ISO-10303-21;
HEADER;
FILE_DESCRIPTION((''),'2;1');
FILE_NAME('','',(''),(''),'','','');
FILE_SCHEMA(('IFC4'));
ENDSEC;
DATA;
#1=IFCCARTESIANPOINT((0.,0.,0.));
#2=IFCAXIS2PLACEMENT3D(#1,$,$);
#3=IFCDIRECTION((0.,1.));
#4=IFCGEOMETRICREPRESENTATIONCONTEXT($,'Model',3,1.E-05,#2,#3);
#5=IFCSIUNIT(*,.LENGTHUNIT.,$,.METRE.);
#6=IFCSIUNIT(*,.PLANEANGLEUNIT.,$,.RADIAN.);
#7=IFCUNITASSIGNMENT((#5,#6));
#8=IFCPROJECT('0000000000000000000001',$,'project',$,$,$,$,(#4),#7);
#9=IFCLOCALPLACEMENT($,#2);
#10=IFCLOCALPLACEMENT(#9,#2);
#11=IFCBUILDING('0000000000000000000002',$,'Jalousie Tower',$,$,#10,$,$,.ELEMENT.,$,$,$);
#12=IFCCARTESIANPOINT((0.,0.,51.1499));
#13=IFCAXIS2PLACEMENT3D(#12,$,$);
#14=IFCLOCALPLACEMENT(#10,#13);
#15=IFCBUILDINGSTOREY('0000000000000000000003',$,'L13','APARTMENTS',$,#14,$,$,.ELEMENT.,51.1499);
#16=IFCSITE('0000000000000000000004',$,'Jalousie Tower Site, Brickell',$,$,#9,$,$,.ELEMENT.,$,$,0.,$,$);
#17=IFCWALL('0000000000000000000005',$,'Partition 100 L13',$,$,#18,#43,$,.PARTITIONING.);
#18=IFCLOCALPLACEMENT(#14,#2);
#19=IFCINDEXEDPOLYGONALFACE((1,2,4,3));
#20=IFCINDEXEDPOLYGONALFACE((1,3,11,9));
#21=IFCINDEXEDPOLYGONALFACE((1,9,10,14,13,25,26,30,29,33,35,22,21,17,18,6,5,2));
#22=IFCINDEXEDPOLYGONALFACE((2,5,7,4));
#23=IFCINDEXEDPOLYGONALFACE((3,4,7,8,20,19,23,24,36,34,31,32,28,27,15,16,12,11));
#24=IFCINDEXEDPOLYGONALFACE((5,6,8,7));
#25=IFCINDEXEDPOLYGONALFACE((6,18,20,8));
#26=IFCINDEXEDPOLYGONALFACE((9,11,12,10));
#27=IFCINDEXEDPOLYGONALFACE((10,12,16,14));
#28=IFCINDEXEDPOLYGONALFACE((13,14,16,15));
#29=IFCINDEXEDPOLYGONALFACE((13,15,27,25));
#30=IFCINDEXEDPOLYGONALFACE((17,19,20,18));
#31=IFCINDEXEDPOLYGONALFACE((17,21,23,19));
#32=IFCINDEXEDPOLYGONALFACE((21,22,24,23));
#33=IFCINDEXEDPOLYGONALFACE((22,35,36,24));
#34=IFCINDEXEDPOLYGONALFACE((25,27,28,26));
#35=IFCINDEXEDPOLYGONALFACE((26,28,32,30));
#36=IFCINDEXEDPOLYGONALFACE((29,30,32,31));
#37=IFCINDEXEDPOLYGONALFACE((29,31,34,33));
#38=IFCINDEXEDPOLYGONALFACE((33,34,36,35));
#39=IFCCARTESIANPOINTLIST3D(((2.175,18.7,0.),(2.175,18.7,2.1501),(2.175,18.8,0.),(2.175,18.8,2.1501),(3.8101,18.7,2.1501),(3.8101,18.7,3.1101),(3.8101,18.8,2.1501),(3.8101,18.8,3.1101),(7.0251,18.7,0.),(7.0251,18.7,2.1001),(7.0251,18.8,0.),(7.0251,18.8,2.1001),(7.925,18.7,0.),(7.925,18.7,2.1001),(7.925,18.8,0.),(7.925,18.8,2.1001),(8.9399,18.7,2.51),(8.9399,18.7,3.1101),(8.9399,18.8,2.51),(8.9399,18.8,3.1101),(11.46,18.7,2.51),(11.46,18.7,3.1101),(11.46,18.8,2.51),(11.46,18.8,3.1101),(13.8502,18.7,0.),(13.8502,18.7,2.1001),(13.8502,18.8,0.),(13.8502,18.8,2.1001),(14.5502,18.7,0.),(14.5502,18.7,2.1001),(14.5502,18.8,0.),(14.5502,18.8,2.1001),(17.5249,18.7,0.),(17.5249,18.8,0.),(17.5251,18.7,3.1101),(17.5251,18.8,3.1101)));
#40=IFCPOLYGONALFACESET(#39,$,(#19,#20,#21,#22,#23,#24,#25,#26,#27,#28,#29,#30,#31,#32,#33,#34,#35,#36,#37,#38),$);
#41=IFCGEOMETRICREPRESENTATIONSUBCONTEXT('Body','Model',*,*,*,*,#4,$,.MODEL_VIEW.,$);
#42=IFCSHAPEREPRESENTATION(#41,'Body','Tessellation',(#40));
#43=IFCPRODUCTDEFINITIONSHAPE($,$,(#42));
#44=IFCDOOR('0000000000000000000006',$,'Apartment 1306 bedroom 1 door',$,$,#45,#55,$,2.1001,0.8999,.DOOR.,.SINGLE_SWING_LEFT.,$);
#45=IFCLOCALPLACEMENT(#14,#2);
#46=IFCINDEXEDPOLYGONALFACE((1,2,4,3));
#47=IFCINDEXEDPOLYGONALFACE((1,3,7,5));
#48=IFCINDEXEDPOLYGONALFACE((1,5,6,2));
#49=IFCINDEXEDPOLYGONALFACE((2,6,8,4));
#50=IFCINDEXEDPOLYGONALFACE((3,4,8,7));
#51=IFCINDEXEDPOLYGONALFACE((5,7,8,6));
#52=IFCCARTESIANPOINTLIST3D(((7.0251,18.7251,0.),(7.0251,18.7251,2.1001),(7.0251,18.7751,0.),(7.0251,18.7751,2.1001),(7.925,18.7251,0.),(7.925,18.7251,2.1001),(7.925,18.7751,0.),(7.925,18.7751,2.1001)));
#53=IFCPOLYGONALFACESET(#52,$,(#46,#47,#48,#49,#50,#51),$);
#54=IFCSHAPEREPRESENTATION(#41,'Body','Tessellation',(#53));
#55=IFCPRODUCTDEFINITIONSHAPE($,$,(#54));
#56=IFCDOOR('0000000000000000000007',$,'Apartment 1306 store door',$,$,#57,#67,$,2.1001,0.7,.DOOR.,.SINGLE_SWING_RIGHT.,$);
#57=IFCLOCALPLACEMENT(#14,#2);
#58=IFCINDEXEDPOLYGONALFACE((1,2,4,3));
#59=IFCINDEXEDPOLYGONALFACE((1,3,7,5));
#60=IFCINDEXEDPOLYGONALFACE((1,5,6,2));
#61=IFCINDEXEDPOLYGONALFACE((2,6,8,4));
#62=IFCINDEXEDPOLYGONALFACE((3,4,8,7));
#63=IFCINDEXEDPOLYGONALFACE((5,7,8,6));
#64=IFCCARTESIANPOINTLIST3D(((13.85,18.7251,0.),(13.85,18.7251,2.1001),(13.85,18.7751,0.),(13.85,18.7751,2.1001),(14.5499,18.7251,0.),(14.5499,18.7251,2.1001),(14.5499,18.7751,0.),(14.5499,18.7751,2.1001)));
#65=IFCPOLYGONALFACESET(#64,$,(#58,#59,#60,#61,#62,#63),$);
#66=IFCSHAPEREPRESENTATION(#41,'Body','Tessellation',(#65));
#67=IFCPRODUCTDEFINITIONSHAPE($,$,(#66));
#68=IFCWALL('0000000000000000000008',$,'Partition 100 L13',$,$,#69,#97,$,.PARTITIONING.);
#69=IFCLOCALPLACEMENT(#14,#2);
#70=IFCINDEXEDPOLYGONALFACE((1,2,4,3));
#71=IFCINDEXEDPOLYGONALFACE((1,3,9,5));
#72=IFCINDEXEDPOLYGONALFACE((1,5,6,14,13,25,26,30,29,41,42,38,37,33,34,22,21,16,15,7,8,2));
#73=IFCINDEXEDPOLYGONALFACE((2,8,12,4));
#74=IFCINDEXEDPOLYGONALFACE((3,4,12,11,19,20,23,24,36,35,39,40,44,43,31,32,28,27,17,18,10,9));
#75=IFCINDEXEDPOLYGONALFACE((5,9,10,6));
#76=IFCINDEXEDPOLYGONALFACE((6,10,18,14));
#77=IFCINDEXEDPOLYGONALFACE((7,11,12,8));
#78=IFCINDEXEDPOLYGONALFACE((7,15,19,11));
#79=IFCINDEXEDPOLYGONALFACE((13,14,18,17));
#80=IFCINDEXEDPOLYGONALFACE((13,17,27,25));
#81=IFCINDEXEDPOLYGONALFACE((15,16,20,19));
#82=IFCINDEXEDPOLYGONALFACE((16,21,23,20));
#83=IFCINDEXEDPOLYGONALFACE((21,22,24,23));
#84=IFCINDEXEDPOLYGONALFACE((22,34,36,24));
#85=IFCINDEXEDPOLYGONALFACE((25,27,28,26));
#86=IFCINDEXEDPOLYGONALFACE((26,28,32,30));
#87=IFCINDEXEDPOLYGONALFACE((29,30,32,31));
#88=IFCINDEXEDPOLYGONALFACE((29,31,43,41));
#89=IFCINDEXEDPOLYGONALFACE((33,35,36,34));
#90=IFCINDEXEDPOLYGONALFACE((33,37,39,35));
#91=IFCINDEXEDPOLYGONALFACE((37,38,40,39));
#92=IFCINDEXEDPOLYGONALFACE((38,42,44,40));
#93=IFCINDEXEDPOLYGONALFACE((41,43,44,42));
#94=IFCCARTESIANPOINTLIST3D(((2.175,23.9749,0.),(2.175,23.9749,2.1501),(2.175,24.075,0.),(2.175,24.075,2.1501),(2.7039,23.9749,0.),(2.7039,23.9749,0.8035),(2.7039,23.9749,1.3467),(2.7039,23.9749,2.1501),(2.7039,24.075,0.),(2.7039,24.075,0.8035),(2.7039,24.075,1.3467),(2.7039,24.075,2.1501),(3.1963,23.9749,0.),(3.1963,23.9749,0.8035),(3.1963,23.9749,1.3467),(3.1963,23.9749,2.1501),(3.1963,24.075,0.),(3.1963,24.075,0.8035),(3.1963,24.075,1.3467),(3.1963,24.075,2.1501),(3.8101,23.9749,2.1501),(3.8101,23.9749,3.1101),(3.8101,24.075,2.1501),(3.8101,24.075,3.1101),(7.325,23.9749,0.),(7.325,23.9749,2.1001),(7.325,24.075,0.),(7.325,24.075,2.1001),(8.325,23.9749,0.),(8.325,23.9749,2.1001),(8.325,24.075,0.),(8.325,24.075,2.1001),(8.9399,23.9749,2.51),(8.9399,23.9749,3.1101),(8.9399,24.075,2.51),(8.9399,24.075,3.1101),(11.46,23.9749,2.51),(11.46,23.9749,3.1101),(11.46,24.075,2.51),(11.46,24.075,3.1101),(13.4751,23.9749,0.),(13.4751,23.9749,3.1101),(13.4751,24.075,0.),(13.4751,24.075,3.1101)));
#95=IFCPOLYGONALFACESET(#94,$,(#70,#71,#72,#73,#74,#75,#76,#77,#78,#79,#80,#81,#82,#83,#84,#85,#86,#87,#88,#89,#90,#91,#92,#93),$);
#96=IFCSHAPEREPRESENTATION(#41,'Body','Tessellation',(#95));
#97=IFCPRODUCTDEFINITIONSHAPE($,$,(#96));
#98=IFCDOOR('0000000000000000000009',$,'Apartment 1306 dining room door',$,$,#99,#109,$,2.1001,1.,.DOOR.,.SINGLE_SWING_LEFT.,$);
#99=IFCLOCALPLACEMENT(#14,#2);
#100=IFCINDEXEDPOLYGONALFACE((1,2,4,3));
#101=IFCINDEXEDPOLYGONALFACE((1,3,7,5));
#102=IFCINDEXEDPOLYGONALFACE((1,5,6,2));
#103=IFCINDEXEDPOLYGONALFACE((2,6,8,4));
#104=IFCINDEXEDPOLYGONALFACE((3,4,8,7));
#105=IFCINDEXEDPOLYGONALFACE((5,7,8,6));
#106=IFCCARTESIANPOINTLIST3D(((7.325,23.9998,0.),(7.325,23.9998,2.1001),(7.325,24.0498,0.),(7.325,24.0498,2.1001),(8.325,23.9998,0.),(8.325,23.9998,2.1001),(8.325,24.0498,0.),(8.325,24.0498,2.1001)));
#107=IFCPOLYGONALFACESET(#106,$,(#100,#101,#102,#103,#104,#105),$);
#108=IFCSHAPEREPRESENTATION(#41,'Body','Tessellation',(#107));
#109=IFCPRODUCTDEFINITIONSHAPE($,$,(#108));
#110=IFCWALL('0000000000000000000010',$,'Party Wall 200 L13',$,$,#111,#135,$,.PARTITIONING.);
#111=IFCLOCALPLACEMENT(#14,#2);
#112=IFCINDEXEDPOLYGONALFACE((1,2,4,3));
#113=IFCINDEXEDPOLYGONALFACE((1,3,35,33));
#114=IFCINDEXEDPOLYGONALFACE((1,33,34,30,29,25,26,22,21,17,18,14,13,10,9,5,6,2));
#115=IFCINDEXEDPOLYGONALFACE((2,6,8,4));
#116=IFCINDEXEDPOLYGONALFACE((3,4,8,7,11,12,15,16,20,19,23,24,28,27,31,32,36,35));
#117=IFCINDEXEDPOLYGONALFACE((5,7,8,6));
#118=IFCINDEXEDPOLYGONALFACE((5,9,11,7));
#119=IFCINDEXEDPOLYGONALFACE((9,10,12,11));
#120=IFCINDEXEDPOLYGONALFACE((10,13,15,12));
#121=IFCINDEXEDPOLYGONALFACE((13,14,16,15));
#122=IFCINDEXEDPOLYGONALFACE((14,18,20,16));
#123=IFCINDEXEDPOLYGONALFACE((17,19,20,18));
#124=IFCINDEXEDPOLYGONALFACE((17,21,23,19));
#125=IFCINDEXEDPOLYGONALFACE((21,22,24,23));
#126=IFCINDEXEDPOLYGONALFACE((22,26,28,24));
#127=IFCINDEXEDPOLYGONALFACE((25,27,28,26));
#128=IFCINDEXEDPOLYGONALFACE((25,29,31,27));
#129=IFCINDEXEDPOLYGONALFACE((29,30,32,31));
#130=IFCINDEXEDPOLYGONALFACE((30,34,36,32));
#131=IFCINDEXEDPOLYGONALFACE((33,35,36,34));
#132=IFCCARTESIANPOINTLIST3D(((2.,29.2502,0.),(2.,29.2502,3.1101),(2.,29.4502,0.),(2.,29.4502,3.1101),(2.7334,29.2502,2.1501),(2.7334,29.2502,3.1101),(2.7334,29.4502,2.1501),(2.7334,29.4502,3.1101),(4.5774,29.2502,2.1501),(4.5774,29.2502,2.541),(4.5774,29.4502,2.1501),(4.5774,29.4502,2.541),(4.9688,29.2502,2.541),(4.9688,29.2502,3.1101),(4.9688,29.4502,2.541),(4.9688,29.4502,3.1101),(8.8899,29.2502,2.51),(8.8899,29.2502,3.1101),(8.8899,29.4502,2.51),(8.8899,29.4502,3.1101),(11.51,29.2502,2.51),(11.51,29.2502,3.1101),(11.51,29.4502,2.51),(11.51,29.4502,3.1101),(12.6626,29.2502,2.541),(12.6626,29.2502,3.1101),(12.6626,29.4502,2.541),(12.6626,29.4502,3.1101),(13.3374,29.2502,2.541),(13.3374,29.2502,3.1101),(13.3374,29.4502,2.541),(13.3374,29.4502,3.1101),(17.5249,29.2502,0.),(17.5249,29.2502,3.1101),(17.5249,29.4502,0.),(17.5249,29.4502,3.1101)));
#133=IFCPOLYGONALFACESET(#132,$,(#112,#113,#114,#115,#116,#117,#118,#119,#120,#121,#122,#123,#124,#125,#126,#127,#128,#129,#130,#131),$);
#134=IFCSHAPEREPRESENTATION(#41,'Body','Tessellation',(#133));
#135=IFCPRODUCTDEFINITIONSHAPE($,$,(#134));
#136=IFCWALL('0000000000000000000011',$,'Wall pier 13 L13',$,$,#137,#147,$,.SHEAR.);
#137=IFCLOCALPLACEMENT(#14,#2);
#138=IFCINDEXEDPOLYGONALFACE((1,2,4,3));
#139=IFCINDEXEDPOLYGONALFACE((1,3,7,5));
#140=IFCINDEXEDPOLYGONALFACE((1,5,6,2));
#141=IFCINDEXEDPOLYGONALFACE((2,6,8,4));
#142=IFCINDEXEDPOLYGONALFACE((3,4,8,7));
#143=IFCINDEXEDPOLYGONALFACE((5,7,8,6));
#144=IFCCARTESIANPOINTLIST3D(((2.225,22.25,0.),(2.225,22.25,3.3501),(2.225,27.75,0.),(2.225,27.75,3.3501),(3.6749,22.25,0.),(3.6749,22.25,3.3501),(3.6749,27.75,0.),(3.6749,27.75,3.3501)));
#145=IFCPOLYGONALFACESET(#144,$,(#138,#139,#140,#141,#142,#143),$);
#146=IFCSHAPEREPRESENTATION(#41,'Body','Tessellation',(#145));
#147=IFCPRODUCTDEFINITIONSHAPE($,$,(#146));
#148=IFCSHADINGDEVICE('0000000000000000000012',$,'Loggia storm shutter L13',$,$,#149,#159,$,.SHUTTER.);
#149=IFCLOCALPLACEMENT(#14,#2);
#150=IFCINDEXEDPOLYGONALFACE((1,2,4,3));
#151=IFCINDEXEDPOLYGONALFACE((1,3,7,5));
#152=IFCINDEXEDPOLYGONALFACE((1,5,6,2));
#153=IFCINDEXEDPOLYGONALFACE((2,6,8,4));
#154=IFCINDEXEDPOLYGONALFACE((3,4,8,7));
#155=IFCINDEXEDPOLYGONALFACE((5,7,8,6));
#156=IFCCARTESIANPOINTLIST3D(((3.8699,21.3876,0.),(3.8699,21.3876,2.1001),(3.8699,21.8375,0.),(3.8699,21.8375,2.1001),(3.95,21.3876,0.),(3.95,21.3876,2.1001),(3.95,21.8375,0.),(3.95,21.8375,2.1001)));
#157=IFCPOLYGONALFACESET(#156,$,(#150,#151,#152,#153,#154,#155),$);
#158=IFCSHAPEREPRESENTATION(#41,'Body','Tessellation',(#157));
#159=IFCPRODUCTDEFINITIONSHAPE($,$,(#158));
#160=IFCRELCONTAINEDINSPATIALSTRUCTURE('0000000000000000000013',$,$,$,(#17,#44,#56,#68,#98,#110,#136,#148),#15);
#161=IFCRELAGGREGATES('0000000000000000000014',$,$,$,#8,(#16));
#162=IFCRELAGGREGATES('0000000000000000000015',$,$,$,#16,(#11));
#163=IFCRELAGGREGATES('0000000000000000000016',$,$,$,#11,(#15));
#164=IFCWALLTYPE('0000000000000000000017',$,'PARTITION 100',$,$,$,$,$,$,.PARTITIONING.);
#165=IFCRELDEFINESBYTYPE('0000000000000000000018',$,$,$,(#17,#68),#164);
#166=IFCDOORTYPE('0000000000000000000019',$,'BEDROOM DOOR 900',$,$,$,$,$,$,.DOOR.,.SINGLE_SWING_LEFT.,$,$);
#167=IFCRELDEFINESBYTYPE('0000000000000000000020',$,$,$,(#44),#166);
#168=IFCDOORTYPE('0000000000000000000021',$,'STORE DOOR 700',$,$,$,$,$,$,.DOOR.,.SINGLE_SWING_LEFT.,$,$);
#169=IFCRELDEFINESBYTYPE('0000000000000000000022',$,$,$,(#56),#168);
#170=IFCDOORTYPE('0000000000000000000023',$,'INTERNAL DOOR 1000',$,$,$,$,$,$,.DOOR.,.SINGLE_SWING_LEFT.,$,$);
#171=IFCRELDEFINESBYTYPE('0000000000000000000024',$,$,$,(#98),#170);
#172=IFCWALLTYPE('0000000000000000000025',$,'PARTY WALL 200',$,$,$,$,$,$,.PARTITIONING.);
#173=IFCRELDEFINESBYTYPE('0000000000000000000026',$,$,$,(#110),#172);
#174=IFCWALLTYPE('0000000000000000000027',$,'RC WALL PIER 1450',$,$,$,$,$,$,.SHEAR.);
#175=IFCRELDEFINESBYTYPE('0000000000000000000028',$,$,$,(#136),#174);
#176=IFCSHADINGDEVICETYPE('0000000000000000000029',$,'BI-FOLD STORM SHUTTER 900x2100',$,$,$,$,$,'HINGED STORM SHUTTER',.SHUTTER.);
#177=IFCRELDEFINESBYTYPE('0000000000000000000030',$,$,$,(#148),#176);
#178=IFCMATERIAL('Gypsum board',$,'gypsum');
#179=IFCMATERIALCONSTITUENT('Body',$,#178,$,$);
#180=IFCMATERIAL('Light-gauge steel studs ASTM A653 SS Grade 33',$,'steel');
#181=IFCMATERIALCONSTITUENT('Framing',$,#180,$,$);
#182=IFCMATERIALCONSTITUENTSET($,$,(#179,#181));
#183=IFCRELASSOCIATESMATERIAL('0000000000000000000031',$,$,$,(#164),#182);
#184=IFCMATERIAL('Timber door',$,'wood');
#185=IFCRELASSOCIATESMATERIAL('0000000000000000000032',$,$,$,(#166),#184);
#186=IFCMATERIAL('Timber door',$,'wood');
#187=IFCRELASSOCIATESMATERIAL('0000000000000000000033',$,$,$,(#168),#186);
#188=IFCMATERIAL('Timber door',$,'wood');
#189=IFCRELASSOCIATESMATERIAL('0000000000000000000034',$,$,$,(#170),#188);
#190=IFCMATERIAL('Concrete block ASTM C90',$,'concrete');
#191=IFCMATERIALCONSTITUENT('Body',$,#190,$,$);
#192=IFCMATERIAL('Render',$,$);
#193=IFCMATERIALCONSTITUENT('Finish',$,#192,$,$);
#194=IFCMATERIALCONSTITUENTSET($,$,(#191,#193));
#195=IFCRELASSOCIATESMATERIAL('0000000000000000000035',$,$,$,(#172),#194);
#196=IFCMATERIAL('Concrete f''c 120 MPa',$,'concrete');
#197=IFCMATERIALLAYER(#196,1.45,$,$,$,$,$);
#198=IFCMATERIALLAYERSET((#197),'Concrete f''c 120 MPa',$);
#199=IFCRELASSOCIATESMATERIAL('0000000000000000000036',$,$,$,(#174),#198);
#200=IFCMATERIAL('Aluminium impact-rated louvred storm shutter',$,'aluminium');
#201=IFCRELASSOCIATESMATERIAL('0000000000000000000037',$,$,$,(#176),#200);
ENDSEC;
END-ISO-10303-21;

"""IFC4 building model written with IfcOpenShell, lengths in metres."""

from ifc_helpers import new_model, si_unit, direction, frame, frame_2d, origin, origin_2d, place, context, subcontext, project, spatial, polyline, rectangle, outline, extrude, material, layer, layer_set, constituent, constituent_set, type_object, element, fill, save


model = new_model("IFC4")

# Units and contexts
model_context = context("Model", 3, precision=1e-05, world=origin(), true_north=direction((0.0, 1.0)))
body_context = subcontext(model_context, "Body", "Model", "MODEL_VIEW")
ifc_project = project(units=[si_unit("LENGTHUNIT", "METRE"), si_unit("PLANEANGLEUNIT", "RADIAN")], contexts=[model_context])

# Site, building, storey
site_placement = place(None, origin())
site = spatial("IfcSite", under=ifc_project, at=site_placement, Name="Jalousie Tower Site, Brickell", CompositionType="ELEMENT", RefElevation=0.0)
building_placement = place(site_placement, origin())
building = spatial("IfcBuilding", under=site, at=building_placement, Name="Jalousie Tower", CompositionType="ELEMENT")
storey_placement = place(building_placement, frame((0.0, 0.0, 51.1499)))
storey = spatial("IfcBuildingStorey", under=building, at=storey_placement, Name="L13", Description="APARTMENTS", CompositionType="ELEMENT", Elevation=51.1499)

# Wall, openings, doors
ifc_material_1 = material(Name="Gypsum board", Category="gypsum")
ifc_constituent_1 = constituent(ifc_material_1, Name="Body")
ifc_material_2 = material(Name="Light-gauge steel studs ASTM A653 SS Grade 33", Category="steel")
ifc_constituent_2 = constituent(ifc_material_2, Name="Framing")
ifc_constituent_set_1 = constituent_set(constituents=[ifc_constituent_1, ifc_constituent_2])
wall_type_1 = type_object("IfcWallType", Name="PARTITION 100", PredefinedType="PARTITIONING", material=ifc_constituent_set_1)
wall_1_placement = place(storey_placement, frame((2.175, 18.75, 0.0), z_axis=(0.0, 0.0, 1.0), x_axis=(1.0, 0.0, 0.0)))
wall_1 = element("IfcWall", 1, at=wall_1_placement, inside=storey, type_object=wall_type_1, Name="Partition 100 L13", PredefinedType="PARTITIONING", context=body_context, shape_type="SweptSolid", body=[
    extrude(outline(polyline([(0.0, 0.0), (15.3499, 0.0), (15.3501, 3.1101), (9.2849, 3.1101), (9.2849, 2.51), (6.7649, 2.51), (6.7649, 3.1101), (1.635, 3.1101), (1.635, 2.1501), (0.0, 2.1501), (0.0, 3.1101), (0.0, 0.0)])), frame((0.0, 0.05, 0.0), z_axis=(0.0, -1.0, 0.0), x_axis=(1.0, 0.0, 0.0)), (0.0, 0.0, 1.0), 0.1001),
])
opening_1_placement = place(wall_1_placement, frame((4.8501, 0.0, 0.0)))
opening_1 = element("IfcOpeningElement", 2, at=opening_1_placement, cuts=wall_1, PredefinedType="OPENING", context=body_context, shape_type="SweptSolid", body=[
    extrude(rectangle(XDim=0.8999, YDim=2.1001, at=frame_2d((0.45, 1.05))), frame((0.0, 0.0601, 0.0), z_axis=(0.0, -1.0, 0.0), x_axis=(1.0, 0.0, 0.0)), (0.0, 0.0, 1.0), 0.1201),
])
opening_2_placement = place(wall_1_placement, frame((11.675, 0.0, 0.0)))
opening_2 = element("IfcOpeningElement", 3, at=opening_2_placement, cuts=wall_1, PredefinedType="OPENING", context=body_context, shape_type="SweptSolid", body=[
    extrude(rectangle(XDim=0.7, YDim=2.1001, at=frame_2d((0.3501, 1.05))), frame((0.0, 0.0601, 0.0), z_axis=(0.0, -1.0, 0.0), x_axis=(1.0, 0.0, 0.0)), (0.0, 0.0, 1.0), 0.1201),
])
ifc_material_3 = material(Name="Timber door", Category="wood")
door_type_1 = type_object("IfcDoorType", Name="BEDROOM DOOR 900", OperationType="SINGLE_SWING_LEFT", PredefinedType="DOOR", material=ifc_material_3)
door_1_placement = place(opening_1_placement, frame((0.8999, 0.0, 0.0), z_axis=(0.0, 0.0, 1.0), x_axis=(-1.0, 0.0, 0.0)))
door_1 = element("IfcDoor", 4, at=door_1_placement, inside=storey, type_object=door_type_1, Name="Apartment 1306 bedroom 1 door", OperationType="SINGLE_SWING_LEFT", OverallHeight=2.1001, OverallWidth=0.8999, PredefinedType="DOOR", context=body_context, shape_type="SweptSolid", body=[
    extrude(rectangle(XDim=0.8999, YDim=2.1001, at=frame_2d((0.45, 1.05))), frame((0.0, 0.0249, 0.0), z_axis=(0.0, -1.0, 0.0), x_axis=(1.0, 0.0, 0.0)), (0.0, 0.0, 1.0), 0.05),
])
fill(opening_1, door_1)
ifc_material_4 = material(Name="Timber door", Category="wood")
door_type_2 = type_object("IfcDoorType", Name="STORE DOOR 700", OperationType="SINGLE_SWING_LEFT", PredefinedType="DOOR", material=ifc_material_4)
door_2_placement = place(opening_2_placement, frame((0.7, 0.0, 0.0), z_axis=(0.0, 0.0, 1.0), x_axis=(-1.0, 0.0, 0.0)))
door_2 = element("IfcDoor", 5, at=door_2_placement, inside=storey, type_object=door_type_2, Name="Apartment 1306 store door", OperationType="SINGLE_SWING_RIGHT", OverallHeight=2.1001, OverallWidth=0.7, PredefinedType="DOOR", context=body_context, shape_type="SweptSolid", body=[
    extrude(rectangle(XDim=0.7, YDim=2.1001, at=frame_2d((0.3501, 1.05))), frame((0.0, 0.0249, 0.0), z_axis=(0.0, -1.0, 0.0), x_axis=(1.0, 0.0, 0.0)), (0.0, 0.0, 1.0), 0.05),
])
fill(opening_2, door_2)

# Wall, opening, door
wall_2_placement = place(storey_placement, frame((2.175, 24.0249, 0.0), z_axis=(0.0, 0.0, 1.0), x_axis=(1.0, 0.0, 0.0)))
wall_2 = element("IfcWall", 6, at=wall_2_placement, inside=storey, type_object=wall_type_1, Name="Partition 100 L13", PredefinedType="PARTITIONING", context=body_context, shape_type="SweptSolid", body=[
    extrude(outline(polyline([(0.5288, 2.1501), (0.0, 2.1501), (0.0, 0.0), (0.5288, 0.0), (0.5288, 0.8035), (1.0212, 0.8035), (1.0212, 0.0), (11.3, 0.0), (11.3, 3.1101), (9.2849, 3.1101), (9.2849, 2.51), (6.7649, 2.51), (6.7649, 3.1101), (1.635, 3.1101), (1.635, 2.1501), (1.0212, 2.1501), (1.0212, 1.3467), (0.5288, 1.3467), (0.5288, 2.1501)])), frame((0.0, 0.05, 0.0), z_axis=(0.0, -1.0, 0.0), x_axis=(1.0, 0.0, 0.0)), (0.0, 0.0, 1.0), 0.1001),
])
opening_3_placement = place(wall_2_placement, frame((5.1499, 0.0, 0.0)))
opening_3 = element("IfcOpeningElement", 7, at=opening_3_placement, cuts=wall_2, PredefinedType="OPENING", context=body_context, shape_type="SweptSolid", body=[
    extrude(rectangle(XDim=1.0, YDim=2.1001, at=frame_2d((0.5, 1.05))), frame((0.0, 0.0601, 0.0), z_axis=(0.0, -1.0, 0.0), x_axis=(1.0, 0.0, 0.0)), (0.0, 0.0, 1.0), 0.1201),
])
ifc_material_5 = material(Name="Timber door", Category="wood")
door_type_3 = type_object("IfcDoorType", Name="INTERNAL DOOR 1000", OperationType="SINGLE_SWING_LEFT", PredefinedType="DOOR", material=ifc_material_5)
door_3_placement = place(opening_3_placement, origin())
door_3 = element("IfcDoor", 8, at=door_3_placement, inside=storey, type_object=door_type_3, Name="Apartment 1306 dining room door", OperationType="SINGLE_SWING_LEFT", OverallHeight=2.1001, OverallWidth=1.0, PredefinedType="DOOR", context=body_context, shape_type="SweptSolid", body=[
    extrude(rectangle(XDim=1.0, YDim=2.1001, at=frame_2d((0.5, 1.05))), frame((0.0, 0.0249, 0.0), z_axis=(0.0, -1.0, 0.0), x_axis=(1.0, 0.0, 0.0)), (0.0, 0.0, 1.0), 0.05),
])
fill(opening_3, door_3)

# Walls
ifc_material_6 = material(Name="Concrete block ASTM C90", Category="concrete")
ifc_constituent_3 = constituent(ifc_material_6, Name="Body")
ifc_material_7 = material(Name="Render")
ifc_constituent_4 = constituent(ifc_material_7, Name="Finish")
ifc_constituent_set_2 = constituent_set(constituents=[ifc_constituent_3, ifc_constituent_4])
wall_type_2 = type_object("IfcWallType", Name="PARTY WALL 200", PredefinedType="PARTITIONING", material=ifc_constituent_set_2)
wall_3_placement = place(storey_placement, frame((2.0, 29.3501, 0.0), z_axis=(0.0, 0.0, 1.0), x_axis=(1.0, 0.0, 0.0)))
element("IfcWall", 9, at=wall_3_placement, inside=storey, type_object=wall_type_2, Name="Party Wall 200 L13", PredefinedType="PARTITIONING", context=body_context, shape_type="SweptSolid", body=[
    extrude(outline(polyline([(0.0, 0.0), (15.5249, 0.0), (15.5249, 3.1101), (11.3374, 3.1101), (11.3374, 2.541), (10.6626, 2.541), (10.6626, 3.1101), (9.51, 3.1101), (9.51, 2.51), (6.8899, 2.51), (6.8899, 3.1101), (2.9688, 3.1101), (2.9688, 2.541), (2.5774, 2.541), (2.5774, 2.1501), (0.7334, 2.1501), (0.7334, 3.1101), (0.0, 3.1101), (0.0, 0.0)])), frame((0.0, 0.1001, 0.0), z_axis=(0.0, -1.0, 0.0), x_axis=(1.0, 0.0, 0.0)), (0.0, 0.0, 1.0), 0.2),
])
ifc_material_8 = material(Name="Concrete f'c 120 MPa", Category="concrete")
ifc_layer_1 = layer(ifc_material_8, 1.45)
ifc_layer_set_1 = layer_set([ifc_layer_1], Name="Concrete f'c 120 MPa")
wall_type_3 = type_object("IfcWallType", Name="RC WALL PIER 1450", PredefinedType="SHEAR", material=ifc_layer_set_1)
wall_4_placement = place(storey_placement, frame((2.95, 22.25, 0.0), z_axis=(0.0, 0.0, 1.0), x_axis=(0.0, 1.0, 0.0)))
element("IfcWall", 10, at=wall_4_placement, inside=storey, type_object=wall_type_3, Name="Wall pier 13 L13", PredefinedType="SHEAR", context=body_context, shape_type="SweptSolid", body=[
    extrude(rectangle(XDim=5.5, YDim=1.45, at=frame_2d((2.75, 0.0))), origin(), (0.0, 0.0, 1.0), 3.3501),
])

# Shading device
ifc_material_9 = material(Name="Aluminium impact-rated louvred storm shutter", Category="aluminium")
shading_device_type_1 = type_object("IfcShadingDeviceType", Name="BI-FOLD STORM SHUTTER 900x2100", ElementType="HINGED STORM SHUTTER", PredefinedType="SHUTTER", material=ifc_material_9)
for number, where, z_axis, x_axis, name in (
    (11, (3.9099, 21.6125, 0.0), (0.0, 0.0, 1.0), (0.0, -1.0, 0.0), "Loggia storm shutter L13"),
):
    element("IfcShadingDevice", number, at=place(storey_placement, frame(where, z_axis=z_axis, x_axis=x_axis)), inside=storey, type_object=shading_device_type_1, Name=name, PredefinedType="SHUTTER", context=body_context, shape_type="SweptSolid", body=[
        extrude(rectangle(XDim=0.45, YDim=0.0801, at=origin_2d()), origin(), (0.0, 0.0, 1.0), 2.1001),
    ])

save(model, "model.ifc")
